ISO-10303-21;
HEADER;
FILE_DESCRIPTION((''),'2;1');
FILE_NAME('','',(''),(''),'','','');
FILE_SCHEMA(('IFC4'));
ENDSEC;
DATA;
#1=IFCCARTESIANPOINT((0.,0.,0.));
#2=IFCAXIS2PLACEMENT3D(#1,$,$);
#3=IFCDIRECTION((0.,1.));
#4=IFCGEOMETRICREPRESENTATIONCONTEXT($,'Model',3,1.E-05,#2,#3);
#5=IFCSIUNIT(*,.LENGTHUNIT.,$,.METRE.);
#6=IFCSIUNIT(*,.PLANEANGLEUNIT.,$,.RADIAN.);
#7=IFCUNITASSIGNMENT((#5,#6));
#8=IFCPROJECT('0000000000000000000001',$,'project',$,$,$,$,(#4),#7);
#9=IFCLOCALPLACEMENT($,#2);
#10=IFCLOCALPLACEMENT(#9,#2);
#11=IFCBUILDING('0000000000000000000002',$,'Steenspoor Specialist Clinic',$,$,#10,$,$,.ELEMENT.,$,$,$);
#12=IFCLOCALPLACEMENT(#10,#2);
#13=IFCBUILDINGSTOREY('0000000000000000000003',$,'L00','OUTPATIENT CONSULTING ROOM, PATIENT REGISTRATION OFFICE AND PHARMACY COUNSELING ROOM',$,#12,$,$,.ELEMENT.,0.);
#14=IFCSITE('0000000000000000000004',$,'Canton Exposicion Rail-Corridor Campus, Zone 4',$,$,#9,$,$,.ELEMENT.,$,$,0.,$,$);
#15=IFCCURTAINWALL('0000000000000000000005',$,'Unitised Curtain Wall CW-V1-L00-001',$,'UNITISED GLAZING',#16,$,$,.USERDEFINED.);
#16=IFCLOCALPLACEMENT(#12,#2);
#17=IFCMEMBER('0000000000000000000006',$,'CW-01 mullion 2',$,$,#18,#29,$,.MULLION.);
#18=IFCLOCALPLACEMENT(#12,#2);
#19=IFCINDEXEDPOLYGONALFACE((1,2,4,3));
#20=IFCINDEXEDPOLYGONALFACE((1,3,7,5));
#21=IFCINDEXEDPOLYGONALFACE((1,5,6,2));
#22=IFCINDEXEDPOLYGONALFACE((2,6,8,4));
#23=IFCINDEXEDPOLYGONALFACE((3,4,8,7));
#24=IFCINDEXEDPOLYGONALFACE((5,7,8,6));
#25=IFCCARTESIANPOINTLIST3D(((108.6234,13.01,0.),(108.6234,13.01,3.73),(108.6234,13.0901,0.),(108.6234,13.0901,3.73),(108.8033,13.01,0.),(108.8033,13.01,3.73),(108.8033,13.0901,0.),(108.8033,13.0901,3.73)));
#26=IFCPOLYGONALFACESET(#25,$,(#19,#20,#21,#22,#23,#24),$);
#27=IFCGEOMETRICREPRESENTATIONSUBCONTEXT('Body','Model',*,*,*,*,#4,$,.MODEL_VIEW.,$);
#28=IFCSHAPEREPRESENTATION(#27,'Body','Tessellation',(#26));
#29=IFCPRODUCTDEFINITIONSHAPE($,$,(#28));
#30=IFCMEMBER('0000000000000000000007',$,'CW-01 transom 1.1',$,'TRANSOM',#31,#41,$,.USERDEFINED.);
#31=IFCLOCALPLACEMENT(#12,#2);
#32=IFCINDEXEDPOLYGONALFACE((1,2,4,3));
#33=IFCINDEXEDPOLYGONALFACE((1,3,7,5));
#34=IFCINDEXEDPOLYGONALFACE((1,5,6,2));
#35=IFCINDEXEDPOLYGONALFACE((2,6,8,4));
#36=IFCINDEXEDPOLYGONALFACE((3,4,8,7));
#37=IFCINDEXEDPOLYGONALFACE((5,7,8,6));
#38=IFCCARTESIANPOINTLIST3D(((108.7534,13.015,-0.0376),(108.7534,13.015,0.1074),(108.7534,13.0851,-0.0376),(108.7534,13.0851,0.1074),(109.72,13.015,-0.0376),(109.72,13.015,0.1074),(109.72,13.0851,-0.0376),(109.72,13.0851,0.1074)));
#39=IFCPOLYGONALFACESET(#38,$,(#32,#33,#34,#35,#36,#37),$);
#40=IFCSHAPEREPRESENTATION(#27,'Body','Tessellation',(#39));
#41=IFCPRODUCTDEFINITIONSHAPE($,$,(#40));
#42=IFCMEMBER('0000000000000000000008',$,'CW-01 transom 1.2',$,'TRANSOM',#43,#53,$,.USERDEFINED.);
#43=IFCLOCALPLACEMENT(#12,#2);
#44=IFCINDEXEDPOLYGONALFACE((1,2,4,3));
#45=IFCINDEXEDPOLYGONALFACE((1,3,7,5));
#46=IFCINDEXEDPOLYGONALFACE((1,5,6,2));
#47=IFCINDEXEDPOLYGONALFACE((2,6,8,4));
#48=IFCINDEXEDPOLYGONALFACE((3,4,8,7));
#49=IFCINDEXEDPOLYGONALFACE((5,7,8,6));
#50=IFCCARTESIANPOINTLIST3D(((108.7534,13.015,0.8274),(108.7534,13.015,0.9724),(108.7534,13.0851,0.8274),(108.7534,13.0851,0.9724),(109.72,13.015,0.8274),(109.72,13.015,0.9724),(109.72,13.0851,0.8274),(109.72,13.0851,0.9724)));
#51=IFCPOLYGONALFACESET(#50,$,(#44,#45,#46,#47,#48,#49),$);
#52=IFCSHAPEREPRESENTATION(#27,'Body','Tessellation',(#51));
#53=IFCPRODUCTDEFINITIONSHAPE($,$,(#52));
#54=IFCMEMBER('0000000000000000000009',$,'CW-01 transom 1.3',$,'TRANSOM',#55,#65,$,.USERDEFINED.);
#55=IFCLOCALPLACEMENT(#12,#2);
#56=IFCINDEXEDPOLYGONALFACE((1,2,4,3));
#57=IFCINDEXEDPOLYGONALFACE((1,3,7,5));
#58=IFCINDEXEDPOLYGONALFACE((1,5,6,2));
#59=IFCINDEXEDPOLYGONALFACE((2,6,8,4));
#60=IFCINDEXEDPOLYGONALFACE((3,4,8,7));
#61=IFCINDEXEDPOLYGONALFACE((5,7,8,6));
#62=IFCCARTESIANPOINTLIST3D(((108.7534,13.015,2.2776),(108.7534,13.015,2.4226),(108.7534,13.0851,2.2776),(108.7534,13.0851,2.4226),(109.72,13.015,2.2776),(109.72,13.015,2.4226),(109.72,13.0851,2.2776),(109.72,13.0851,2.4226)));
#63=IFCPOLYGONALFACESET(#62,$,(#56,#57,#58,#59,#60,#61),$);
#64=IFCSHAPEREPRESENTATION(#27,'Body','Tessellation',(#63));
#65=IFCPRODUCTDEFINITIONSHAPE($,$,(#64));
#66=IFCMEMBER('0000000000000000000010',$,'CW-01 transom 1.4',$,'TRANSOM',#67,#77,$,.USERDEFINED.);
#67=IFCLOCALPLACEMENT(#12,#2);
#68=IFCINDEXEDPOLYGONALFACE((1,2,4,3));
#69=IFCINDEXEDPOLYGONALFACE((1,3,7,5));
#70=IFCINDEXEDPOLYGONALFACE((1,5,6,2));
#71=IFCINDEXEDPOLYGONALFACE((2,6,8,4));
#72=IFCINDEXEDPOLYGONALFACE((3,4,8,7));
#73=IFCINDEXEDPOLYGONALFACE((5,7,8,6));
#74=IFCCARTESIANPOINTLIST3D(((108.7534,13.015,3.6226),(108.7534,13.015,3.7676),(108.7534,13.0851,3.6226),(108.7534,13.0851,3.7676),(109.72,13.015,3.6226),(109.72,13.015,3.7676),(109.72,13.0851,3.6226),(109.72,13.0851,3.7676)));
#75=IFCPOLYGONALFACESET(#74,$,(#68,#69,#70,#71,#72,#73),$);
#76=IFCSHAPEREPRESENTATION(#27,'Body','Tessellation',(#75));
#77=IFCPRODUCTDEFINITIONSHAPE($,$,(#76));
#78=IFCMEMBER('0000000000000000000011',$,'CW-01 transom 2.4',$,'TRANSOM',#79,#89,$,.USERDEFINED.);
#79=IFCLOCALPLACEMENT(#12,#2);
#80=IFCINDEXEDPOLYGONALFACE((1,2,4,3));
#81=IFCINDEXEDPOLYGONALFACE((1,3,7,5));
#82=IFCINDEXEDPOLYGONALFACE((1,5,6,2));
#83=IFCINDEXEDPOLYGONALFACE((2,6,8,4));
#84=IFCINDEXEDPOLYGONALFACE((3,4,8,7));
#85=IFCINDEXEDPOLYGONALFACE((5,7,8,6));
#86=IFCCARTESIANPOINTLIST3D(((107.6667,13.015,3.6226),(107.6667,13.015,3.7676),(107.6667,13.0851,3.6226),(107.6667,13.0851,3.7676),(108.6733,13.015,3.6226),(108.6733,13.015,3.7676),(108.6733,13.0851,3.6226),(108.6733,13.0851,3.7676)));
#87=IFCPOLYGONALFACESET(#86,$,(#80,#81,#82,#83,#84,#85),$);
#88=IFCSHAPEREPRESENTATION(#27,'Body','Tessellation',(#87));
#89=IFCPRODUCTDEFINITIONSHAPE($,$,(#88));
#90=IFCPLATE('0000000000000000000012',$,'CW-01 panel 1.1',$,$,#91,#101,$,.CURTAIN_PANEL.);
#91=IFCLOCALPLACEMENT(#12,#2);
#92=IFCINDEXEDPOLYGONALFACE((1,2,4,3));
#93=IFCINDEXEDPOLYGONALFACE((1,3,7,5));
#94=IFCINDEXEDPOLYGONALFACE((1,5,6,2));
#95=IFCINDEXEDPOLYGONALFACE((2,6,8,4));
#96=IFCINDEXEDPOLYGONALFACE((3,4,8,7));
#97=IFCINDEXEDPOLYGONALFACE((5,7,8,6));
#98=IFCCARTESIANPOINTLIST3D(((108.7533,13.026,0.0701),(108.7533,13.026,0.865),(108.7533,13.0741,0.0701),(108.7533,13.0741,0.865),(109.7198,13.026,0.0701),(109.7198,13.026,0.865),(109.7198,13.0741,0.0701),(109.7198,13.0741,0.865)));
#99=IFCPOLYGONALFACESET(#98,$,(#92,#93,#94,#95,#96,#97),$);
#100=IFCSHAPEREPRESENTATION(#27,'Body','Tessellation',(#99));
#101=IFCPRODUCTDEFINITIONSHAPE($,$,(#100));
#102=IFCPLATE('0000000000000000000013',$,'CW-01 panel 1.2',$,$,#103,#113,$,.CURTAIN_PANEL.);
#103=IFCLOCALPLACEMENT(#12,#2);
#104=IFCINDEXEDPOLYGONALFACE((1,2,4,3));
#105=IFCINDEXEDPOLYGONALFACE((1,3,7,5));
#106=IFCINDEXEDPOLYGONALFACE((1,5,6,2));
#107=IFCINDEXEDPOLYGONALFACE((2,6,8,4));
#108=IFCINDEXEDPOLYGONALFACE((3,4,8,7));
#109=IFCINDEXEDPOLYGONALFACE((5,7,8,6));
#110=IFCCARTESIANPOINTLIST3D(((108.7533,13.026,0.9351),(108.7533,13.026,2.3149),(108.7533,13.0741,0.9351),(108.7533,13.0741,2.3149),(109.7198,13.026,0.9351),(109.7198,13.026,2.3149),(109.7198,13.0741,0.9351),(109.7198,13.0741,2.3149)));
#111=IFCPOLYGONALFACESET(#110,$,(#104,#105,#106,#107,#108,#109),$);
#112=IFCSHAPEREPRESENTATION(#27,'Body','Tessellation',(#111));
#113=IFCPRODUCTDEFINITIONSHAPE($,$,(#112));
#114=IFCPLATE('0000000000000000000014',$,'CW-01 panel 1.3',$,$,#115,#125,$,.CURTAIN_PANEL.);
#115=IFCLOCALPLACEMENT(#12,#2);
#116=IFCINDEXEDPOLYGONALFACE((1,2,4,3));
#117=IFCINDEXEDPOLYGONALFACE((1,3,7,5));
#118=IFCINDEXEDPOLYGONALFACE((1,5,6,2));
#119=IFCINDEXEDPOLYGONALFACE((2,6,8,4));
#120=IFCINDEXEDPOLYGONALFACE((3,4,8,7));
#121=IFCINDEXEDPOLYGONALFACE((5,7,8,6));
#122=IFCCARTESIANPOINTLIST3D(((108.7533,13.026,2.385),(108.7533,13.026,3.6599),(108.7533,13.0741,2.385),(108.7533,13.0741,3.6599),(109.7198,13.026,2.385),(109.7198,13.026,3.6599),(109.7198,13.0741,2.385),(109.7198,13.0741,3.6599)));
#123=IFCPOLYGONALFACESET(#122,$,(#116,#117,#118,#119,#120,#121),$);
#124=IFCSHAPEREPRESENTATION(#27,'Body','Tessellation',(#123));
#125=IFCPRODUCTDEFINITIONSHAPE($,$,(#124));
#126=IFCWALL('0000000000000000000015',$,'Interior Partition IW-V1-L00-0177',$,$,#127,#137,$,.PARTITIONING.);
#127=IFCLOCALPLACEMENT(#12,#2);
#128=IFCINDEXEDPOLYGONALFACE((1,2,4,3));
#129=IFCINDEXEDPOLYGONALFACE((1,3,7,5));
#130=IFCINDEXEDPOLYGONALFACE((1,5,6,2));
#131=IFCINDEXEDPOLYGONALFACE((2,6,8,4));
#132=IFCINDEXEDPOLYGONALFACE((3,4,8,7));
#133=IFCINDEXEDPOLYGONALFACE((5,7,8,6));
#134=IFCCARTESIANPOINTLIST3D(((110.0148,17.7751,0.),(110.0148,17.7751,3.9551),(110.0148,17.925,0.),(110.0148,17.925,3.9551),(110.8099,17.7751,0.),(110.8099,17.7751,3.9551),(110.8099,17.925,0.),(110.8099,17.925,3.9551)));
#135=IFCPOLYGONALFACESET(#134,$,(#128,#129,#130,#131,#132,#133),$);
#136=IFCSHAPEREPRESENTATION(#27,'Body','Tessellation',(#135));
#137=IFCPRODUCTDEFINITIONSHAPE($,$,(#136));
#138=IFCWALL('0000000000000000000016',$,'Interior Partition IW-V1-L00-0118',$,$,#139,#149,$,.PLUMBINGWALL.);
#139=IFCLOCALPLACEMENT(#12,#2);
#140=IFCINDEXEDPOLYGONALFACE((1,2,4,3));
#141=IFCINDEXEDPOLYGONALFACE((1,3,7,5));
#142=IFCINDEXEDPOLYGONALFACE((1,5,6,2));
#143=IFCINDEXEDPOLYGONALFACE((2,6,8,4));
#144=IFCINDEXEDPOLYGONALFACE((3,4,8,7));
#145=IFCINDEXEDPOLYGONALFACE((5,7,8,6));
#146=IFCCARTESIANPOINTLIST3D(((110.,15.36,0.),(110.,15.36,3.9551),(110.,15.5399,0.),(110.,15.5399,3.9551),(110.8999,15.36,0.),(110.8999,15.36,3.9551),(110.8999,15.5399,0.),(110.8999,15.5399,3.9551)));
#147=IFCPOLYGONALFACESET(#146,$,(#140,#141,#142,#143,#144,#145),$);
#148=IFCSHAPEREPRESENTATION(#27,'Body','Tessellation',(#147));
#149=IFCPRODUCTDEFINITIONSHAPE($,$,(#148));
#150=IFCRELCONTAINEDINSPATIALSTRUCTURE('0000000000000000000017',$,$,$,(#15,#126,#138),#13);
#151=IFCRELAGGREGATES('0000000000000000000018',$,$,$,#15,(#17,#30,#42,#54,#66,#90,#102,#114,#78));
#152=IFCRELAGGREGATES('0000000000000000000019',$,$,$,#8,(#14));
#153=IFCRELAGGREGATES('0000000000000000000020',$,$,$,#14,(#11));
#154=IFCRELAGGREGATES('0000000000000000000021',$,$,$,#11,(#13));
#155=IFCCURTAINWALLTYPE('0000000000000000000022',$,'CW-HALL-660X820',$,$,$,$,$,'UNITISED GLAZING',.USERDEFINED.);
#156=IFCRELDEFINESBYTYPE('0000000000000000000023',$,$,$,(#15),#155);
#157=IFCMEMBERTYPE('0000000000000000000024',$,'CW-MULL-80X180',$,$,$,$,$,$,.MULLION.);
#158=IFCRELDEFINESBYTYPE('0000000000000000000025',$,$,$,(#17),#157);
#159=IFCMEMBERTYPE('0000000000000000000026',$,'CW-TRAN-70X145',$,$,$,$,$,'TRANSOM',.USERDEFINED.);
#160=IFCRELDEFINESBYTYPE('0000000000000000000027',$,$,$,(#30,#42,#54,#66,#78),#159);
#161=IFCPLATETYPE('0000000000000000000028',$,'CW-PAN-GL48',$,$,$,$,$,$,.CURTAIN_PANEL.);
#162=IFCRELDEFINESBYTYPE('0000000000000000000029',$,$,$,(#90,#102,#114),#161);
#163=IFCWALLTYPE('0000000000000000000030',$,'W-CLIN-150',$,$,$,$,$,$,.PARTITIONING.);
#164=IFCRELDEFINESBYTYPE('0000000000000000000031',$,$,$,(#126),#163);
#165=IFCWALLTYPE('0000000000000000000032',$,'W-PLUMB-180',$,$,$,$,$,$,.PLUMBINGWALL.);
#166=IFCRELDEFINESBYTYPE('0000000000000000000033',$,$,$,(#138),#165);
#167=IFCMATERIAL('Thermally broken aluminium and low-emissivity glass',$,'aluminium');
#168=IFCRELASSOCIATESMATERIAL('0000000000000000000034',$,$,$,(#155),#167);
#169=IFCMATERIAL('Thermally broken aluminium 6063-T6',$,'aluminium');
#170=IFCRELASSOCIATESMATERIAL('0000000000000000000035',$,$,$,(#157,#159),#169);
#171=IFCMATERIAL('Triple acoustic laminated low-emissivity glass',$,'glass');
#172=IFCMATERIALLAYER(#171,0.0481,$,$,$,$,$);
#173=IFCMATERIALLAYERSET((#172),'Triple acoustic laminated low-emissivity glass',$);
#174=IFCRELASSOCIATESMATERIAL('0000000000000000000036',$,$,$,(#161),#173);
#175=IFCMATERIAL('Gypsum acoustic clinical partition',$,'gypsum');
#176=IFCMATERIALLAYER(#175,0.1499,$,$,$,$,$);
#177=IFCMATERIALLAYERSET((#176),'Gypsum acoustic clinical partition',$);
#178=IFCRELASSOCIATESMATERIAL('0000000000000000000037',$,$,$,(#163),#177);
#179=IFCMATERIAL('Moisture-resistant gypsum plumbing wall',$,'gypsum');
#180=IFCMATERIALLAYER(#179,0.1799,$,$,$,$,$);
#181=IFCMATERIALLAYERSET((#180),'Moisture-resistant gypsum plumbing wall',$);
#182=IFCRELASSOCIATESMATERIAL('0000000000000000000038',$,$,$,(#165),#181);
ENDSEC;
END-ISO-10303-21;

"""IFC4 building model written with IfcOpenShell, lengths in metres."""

from ifc_helpers import new_model, si_unit, direction, frame, frame_2d, origin, origin_2d, place, context, subcontext, project, spatial, rectangle, extrude, material, layer, layer_set, material_profile, profile_set, type_object, element, aggregate, save


model = new_model("IFC4")

# Units and contexts
model_context = context("Model", 3, precision=1e-05, world=origin(), true_north=direction((0.0, 1.0)))
body_context = subcontext(model_context, "Body", "Model", "MODEL_VIEW")
ifc_project = project(units=[si_unit("LENGTHUNIT", "METRE"), si_unit("PLANEANGLEUNIT", "RADIAN")], contexts=[model_context])

# Site, building, storey
site_placement = place(None, origin())
site = spatial("IfcSite", under=ifc_project, at=site_placement, Name="Canton Exposicion Rail-Corridor Campus, Zone 4", CompositionType="ELEMENT", RefElevation=0.0)
building_placement = place(site_placement, origin())
building = spatial("IfcBuilding", under=site, at=building_placement, Name="Steenspoor Specialist Clinic", CompositionType="ELEMENT")
storey_placement = place(building_placement, origin())
storey = spatial("IfcBuildingStorey", under=building, at=storey_placement, Name="L00", Description="OUTPATIENT CONSULTING ROOM, PATIENT REGISTRATION OFFICE AND PHARMACY COUNSELING ROOM", CompositionType="ELEMENT", Elevation=0.0)

# Curtain wall, members, plates
ifc_material_1 = material(Name="Thermally broken aluminium and low-emissivity glass", Category="aluminium")
curtain_wall_type = type_object("IfcCurtainWallType", Name="CW-HALL-660X820", ElementType="UNITISED GLAZING", PredefinedType="USERDEFINED", material=ifc_material_1)
curtain_wall_placement = place(storey_placement, origin())
curtain_wall = element("IfcCurtainWall", 1, at=curtain_wall_placement, inside=storey, type_object=curtain_wall_type, Name="Unitised Curtain Wall CW-V1-L00-001", ObjectType="UNITISED GLAZING", PredefinedType="USERDEFINED")
ifc_material_2 = material(Name="Thermally broken aluminium 6063-T6", Category="aluminium")
ifc_material_profile_1 = material_profile(ifc_material_2, rectangle(XDim=0.0801, YDim=0.1799, at=origin_2d()), Name="CWM-80X180")
ifc_profile_set_1 = profile_set([ifc_material_profile_1], Name="Thermally broken aluminium 6063-T6")
member_type_1 = type_object("IfcMemberType", Name="CW-MULL-80X180", PredefinedType="MULLION", material=ifc_profile_set_1)
member_1_placement = place(storey_placement, frame((108.7134, 13.05, 0.0), z_axis=(0.0, 0.0, 1.0), x_axis=(0.0, -1.0, 0.0)))
member_1 = element("IfcMember", 2, at=member_1_placement, type_object=member_type_1, Name="CW-01 mullion 2", PredefinedType="MULLION", context=body_context, shape_type="SweptSolid", body=[
    extrude(rectangle(XDim=0.0801, YDim=0.1799, at=origin_2d()), origin(), (0.0, 0.0, 1.0), 3.73),
])
ifc_material_profile_2 = material_profile(ifc_material_2, rectangle(XDim=0.0701, YDim=0.145, at=origin_2d()), Name="CWT-70X145")
ifc_profile_set_2 = profile_set([ifc_material_profile_2], Name="Thermally broken aluminium 6063-T6")
member_type_2 = type_object("IfcMemberType", Name="CW-TRAN-70X145", ElementType="TRANSOM", PredefinedType="USERDEFINED", material=ifc_profile_set_2)
member_2_placement = place(storey_placement, frame((109.72, 13.05, 0.0349), z_axis=(-1.0, 0.0, 0.0), x_axis=(0.0, -1.0, 0.0)))
member_2 = element("IfcMember", 3, at=member_2_placement, type_object=member_type_2, Name="CW-01 transom 1.1", ObjectType="TRANSOM", PredefinedType="USERDEFINED", context=body_context, shape_type="SweptSolid", body=[
    extrude(rectangle(XDim=0.0701, YDim=0.145, at=origin_2d()), origin(), (0.0, 0.0, 1.0), 0.9666),
])
member_3_placement = place(storey_placement, frame((109.72, 13.05, 0.8999), z_axis=(-1.0, 0.0, 0.0), x_axis=(0.0, -1.0, 0.0)))
member_3 = element("IfcMember", 4, at=member_3_placement, type_object=member_type_2, Name="CW-01 transom 1.2", ObjectType="TRANSOM", PredefinedType="USERDEFINED", context=body_context, shape_type="SweptSolid", body=[
    extrude(rectangle(XDim=0.0701, YDim=0.145, at=origin_2d()), origin(), (0.0, 0.0, 1.0), 0.9666),
])
member_4_placement = place(storey_placement, frame((109.72, 13.05, 2.3501), z_axis=(-1.0, 0.0, 0.0), x_axis=(0.0, -1.0, 0.0)))
member_4 = element("IfcMember", 5, at=member_4_placement, type_object=member_type_2, Name="CW-01 transom 1.3", ObjectType="TRANSOM", PredefinedType="USERDEFINED", context=body_context, shape_type="SweptSolid", body=[
    extrude(rectangle(XDim=0.0701, YDim=0.145, at=origin_2d()), origin(), (0.0, 0.0, 1.0), 0.9666),
])
member_5_placement = place(storey_placement, frame((109.72, 13.05, 3.6951), z_axis=(-1.0, 0.0, 0.0), x_axis=(0.0, -1.0, 0.0)))
member_5 = element("IfcMember", 6, at=member_5_placement, type_object=member_type_2, Name="CW-01 transom 1.4", ObjectType="TRANSOM", PredefinedType="USERDEFINED", context=body_context, shape_type="SweptSolid", body=[
    extrude(rectangle(XDim=0.0701, YDim=0.145, at=origin_2d()), origin(), (0.0, 0.0, 1.0), 0.9666),
])
member_6_placement = place(storey_placement, frame((108.6733, 13.05, 3.6951), z_axis=(-1.0, 0.0, 0.0), x_axis=(0.0, -1.0, 0.0)))
member_6 = element("IfcMember", 7, at=member_6_placement, type_object=member_type_2, Name="CW-01 transom 2.4", ObjectType="TRANSOM", PredefinedType="USERDEFINED", context=body_context, shape_type="SweptSolid", body=[
    extrude(rectangle(XDim=0.0701, YDim=0.145, at=origin_2d()), origin(), (0.0, 0.0, 1.0), 1.0066),
])
ifc_material_3 = material(Name="Triple acoustic laminated low-emissivity glass", Category="glass")
ifc_layer_1 = layer(ifc_material_3, 0.0481)
ifc_layer_set_1 = layer_set([ifc_layer_1], Name="Triple acoustic laminated low-emissivity glass")
plate_type = type_object("IfcPlateType", Name="CW-PAN-GL48", PredefinedType="CURTAIN_PANEL", material=ifc_layer_set_1)
plate_1_placement = place(storey_placement, frame((109.2366, 13.05, 0.0701), z_axis=(0.0, 0.0, 1.0), x_axis=(-1.0, 0.0, 0.0)))
plate_1 = element("IfcPlate", 8, at=plate_1_placement, type_object=plate_type, Name="CW-01 panel 1.1", PredefinedType="CURTAIN_PANEL", context=body_context, shape_type="SweptSolid", body=[
    extrude(rectangle(XDim=0.9666, YDim=0.0481, at=origin_2d()), origin(), (0.0, 0.0, 1.0), 0.7949),
])
plate_2_placement = place(storey_placement, frame((109.2366, 13.05, 0.9351), z_axis=(0.0, 0.0, 1.0), x_axis=(-1.0, 0.0, 0.0)))
plate_2 = element("IfcPlate", 9, at=plate_2_placement, type_object=plate_type, Name="CW-01 panel 1.2", PredefinedType="CURTAIN_PANEL", context=body_context, shape_type="SweptSolid", body=[
    extrude(rectangle(XDim=0.9666, YDim=0.0481, at=origin_2d()), origin(), (0.0, 0.0, 1.0), 1.3799),
])
plate_3_placement = place(storey_placement, frame((109.2366, 13.05, 2.385), z_axis=(0.0, 0.0, 1.0), x_axis=(-1.0, 0.0, 0.0)))
plate_3 = element("IfcPlate", 10, at=plate_3_placement, type_object=plate_type, Name="CW-01 panel 1.3", PredefinedType="CURTAIN_PANEL", context=body_context, shape_type="SweptSolid", body=[
    extrude(rectangle(XDim=0.9666, YDim=0.0481, at=origin_2d()), origin(), (0.0, 0.0, 1.0), 1.2749),
])
aggregate(curtain_wall, [member_1, member_2, member_3, member_4, member_5, plate_1, plate_2, plate_3, member_6])

# Walls
ifc_material_4 = material(Name="Gypsum acoustic clinical partition", Category="gypsum")
ifc_layer_2 = layer(ifc_material_4, 0.1499)
ifc_layer_set_2 = layer_set([ifc_layer_2], Name="Gypsum acoustic clinical partition")
wall_type_1 = type_object("IfcWallType", Name="W-CLIN-150", PredefinedType="PARTITIONING", material=ifc_layer_set_2)
wall_1_placement = place(storey_placement, frame((110.0149, 17.8501, 0.0), z_axis=(0.0, 0.0, 1.0), x_axis=(1.0, 0.0, 0.0)))
element("IfcWall", 11, at=wall_1_placement, inside=storey, type_object=wall_type_1, Name="Interior Partition IW-V1-L00-0177", PredefinedType="PARTITIONING", context=body_context, shape_type="SweptSolid", body=[
    extrude(rectangle(XDim=0.7952, YDim=0.1499, at=frame_2d((0.3975, 0.0))), origin(), (0.0, 0.0, 1.0), 3.9551),
])
ifc_material_5 = material(Name="Moisture-resistant gypsum plumbing wall", Category="gypsum")
ifc_layer_3 = layer(ifc_material_5, 0.1799)
ifc_layer_set_3 = layer_set([ifc_layer_3], Name="Moisture-resistant gypsum plumbing wall")
wall_type_2 = type_object("IfcWallType", Name="W-PLUMB-180", PredefinedType="PLUMBINGWALL", material=ifc_layer_set_3)
wall_2_placement = place(storey_placement, frame((110.0, 15.45, 0.0), z_axis=(0.0, 0.0, 1.0), x_axis=(1.0, 0.0, 0.0)))
element("IfcWall", 12, at=wall_2_placement, inside=storey, type_object=wall_type_2, Name="Interior Partition IW-V1-L00-0118", PredefinedType="PLUMBINGWALL", context=body_context, shape_type="SweptSolid", body=[
    extrude(rectangle(XDim=0.8999, YDim=0.1799, at=frame_2d((0.45, 0.0))), origin(), (0.0, 0.0, 1.0), 3.9551),
])

save(model, "model.ifc")
